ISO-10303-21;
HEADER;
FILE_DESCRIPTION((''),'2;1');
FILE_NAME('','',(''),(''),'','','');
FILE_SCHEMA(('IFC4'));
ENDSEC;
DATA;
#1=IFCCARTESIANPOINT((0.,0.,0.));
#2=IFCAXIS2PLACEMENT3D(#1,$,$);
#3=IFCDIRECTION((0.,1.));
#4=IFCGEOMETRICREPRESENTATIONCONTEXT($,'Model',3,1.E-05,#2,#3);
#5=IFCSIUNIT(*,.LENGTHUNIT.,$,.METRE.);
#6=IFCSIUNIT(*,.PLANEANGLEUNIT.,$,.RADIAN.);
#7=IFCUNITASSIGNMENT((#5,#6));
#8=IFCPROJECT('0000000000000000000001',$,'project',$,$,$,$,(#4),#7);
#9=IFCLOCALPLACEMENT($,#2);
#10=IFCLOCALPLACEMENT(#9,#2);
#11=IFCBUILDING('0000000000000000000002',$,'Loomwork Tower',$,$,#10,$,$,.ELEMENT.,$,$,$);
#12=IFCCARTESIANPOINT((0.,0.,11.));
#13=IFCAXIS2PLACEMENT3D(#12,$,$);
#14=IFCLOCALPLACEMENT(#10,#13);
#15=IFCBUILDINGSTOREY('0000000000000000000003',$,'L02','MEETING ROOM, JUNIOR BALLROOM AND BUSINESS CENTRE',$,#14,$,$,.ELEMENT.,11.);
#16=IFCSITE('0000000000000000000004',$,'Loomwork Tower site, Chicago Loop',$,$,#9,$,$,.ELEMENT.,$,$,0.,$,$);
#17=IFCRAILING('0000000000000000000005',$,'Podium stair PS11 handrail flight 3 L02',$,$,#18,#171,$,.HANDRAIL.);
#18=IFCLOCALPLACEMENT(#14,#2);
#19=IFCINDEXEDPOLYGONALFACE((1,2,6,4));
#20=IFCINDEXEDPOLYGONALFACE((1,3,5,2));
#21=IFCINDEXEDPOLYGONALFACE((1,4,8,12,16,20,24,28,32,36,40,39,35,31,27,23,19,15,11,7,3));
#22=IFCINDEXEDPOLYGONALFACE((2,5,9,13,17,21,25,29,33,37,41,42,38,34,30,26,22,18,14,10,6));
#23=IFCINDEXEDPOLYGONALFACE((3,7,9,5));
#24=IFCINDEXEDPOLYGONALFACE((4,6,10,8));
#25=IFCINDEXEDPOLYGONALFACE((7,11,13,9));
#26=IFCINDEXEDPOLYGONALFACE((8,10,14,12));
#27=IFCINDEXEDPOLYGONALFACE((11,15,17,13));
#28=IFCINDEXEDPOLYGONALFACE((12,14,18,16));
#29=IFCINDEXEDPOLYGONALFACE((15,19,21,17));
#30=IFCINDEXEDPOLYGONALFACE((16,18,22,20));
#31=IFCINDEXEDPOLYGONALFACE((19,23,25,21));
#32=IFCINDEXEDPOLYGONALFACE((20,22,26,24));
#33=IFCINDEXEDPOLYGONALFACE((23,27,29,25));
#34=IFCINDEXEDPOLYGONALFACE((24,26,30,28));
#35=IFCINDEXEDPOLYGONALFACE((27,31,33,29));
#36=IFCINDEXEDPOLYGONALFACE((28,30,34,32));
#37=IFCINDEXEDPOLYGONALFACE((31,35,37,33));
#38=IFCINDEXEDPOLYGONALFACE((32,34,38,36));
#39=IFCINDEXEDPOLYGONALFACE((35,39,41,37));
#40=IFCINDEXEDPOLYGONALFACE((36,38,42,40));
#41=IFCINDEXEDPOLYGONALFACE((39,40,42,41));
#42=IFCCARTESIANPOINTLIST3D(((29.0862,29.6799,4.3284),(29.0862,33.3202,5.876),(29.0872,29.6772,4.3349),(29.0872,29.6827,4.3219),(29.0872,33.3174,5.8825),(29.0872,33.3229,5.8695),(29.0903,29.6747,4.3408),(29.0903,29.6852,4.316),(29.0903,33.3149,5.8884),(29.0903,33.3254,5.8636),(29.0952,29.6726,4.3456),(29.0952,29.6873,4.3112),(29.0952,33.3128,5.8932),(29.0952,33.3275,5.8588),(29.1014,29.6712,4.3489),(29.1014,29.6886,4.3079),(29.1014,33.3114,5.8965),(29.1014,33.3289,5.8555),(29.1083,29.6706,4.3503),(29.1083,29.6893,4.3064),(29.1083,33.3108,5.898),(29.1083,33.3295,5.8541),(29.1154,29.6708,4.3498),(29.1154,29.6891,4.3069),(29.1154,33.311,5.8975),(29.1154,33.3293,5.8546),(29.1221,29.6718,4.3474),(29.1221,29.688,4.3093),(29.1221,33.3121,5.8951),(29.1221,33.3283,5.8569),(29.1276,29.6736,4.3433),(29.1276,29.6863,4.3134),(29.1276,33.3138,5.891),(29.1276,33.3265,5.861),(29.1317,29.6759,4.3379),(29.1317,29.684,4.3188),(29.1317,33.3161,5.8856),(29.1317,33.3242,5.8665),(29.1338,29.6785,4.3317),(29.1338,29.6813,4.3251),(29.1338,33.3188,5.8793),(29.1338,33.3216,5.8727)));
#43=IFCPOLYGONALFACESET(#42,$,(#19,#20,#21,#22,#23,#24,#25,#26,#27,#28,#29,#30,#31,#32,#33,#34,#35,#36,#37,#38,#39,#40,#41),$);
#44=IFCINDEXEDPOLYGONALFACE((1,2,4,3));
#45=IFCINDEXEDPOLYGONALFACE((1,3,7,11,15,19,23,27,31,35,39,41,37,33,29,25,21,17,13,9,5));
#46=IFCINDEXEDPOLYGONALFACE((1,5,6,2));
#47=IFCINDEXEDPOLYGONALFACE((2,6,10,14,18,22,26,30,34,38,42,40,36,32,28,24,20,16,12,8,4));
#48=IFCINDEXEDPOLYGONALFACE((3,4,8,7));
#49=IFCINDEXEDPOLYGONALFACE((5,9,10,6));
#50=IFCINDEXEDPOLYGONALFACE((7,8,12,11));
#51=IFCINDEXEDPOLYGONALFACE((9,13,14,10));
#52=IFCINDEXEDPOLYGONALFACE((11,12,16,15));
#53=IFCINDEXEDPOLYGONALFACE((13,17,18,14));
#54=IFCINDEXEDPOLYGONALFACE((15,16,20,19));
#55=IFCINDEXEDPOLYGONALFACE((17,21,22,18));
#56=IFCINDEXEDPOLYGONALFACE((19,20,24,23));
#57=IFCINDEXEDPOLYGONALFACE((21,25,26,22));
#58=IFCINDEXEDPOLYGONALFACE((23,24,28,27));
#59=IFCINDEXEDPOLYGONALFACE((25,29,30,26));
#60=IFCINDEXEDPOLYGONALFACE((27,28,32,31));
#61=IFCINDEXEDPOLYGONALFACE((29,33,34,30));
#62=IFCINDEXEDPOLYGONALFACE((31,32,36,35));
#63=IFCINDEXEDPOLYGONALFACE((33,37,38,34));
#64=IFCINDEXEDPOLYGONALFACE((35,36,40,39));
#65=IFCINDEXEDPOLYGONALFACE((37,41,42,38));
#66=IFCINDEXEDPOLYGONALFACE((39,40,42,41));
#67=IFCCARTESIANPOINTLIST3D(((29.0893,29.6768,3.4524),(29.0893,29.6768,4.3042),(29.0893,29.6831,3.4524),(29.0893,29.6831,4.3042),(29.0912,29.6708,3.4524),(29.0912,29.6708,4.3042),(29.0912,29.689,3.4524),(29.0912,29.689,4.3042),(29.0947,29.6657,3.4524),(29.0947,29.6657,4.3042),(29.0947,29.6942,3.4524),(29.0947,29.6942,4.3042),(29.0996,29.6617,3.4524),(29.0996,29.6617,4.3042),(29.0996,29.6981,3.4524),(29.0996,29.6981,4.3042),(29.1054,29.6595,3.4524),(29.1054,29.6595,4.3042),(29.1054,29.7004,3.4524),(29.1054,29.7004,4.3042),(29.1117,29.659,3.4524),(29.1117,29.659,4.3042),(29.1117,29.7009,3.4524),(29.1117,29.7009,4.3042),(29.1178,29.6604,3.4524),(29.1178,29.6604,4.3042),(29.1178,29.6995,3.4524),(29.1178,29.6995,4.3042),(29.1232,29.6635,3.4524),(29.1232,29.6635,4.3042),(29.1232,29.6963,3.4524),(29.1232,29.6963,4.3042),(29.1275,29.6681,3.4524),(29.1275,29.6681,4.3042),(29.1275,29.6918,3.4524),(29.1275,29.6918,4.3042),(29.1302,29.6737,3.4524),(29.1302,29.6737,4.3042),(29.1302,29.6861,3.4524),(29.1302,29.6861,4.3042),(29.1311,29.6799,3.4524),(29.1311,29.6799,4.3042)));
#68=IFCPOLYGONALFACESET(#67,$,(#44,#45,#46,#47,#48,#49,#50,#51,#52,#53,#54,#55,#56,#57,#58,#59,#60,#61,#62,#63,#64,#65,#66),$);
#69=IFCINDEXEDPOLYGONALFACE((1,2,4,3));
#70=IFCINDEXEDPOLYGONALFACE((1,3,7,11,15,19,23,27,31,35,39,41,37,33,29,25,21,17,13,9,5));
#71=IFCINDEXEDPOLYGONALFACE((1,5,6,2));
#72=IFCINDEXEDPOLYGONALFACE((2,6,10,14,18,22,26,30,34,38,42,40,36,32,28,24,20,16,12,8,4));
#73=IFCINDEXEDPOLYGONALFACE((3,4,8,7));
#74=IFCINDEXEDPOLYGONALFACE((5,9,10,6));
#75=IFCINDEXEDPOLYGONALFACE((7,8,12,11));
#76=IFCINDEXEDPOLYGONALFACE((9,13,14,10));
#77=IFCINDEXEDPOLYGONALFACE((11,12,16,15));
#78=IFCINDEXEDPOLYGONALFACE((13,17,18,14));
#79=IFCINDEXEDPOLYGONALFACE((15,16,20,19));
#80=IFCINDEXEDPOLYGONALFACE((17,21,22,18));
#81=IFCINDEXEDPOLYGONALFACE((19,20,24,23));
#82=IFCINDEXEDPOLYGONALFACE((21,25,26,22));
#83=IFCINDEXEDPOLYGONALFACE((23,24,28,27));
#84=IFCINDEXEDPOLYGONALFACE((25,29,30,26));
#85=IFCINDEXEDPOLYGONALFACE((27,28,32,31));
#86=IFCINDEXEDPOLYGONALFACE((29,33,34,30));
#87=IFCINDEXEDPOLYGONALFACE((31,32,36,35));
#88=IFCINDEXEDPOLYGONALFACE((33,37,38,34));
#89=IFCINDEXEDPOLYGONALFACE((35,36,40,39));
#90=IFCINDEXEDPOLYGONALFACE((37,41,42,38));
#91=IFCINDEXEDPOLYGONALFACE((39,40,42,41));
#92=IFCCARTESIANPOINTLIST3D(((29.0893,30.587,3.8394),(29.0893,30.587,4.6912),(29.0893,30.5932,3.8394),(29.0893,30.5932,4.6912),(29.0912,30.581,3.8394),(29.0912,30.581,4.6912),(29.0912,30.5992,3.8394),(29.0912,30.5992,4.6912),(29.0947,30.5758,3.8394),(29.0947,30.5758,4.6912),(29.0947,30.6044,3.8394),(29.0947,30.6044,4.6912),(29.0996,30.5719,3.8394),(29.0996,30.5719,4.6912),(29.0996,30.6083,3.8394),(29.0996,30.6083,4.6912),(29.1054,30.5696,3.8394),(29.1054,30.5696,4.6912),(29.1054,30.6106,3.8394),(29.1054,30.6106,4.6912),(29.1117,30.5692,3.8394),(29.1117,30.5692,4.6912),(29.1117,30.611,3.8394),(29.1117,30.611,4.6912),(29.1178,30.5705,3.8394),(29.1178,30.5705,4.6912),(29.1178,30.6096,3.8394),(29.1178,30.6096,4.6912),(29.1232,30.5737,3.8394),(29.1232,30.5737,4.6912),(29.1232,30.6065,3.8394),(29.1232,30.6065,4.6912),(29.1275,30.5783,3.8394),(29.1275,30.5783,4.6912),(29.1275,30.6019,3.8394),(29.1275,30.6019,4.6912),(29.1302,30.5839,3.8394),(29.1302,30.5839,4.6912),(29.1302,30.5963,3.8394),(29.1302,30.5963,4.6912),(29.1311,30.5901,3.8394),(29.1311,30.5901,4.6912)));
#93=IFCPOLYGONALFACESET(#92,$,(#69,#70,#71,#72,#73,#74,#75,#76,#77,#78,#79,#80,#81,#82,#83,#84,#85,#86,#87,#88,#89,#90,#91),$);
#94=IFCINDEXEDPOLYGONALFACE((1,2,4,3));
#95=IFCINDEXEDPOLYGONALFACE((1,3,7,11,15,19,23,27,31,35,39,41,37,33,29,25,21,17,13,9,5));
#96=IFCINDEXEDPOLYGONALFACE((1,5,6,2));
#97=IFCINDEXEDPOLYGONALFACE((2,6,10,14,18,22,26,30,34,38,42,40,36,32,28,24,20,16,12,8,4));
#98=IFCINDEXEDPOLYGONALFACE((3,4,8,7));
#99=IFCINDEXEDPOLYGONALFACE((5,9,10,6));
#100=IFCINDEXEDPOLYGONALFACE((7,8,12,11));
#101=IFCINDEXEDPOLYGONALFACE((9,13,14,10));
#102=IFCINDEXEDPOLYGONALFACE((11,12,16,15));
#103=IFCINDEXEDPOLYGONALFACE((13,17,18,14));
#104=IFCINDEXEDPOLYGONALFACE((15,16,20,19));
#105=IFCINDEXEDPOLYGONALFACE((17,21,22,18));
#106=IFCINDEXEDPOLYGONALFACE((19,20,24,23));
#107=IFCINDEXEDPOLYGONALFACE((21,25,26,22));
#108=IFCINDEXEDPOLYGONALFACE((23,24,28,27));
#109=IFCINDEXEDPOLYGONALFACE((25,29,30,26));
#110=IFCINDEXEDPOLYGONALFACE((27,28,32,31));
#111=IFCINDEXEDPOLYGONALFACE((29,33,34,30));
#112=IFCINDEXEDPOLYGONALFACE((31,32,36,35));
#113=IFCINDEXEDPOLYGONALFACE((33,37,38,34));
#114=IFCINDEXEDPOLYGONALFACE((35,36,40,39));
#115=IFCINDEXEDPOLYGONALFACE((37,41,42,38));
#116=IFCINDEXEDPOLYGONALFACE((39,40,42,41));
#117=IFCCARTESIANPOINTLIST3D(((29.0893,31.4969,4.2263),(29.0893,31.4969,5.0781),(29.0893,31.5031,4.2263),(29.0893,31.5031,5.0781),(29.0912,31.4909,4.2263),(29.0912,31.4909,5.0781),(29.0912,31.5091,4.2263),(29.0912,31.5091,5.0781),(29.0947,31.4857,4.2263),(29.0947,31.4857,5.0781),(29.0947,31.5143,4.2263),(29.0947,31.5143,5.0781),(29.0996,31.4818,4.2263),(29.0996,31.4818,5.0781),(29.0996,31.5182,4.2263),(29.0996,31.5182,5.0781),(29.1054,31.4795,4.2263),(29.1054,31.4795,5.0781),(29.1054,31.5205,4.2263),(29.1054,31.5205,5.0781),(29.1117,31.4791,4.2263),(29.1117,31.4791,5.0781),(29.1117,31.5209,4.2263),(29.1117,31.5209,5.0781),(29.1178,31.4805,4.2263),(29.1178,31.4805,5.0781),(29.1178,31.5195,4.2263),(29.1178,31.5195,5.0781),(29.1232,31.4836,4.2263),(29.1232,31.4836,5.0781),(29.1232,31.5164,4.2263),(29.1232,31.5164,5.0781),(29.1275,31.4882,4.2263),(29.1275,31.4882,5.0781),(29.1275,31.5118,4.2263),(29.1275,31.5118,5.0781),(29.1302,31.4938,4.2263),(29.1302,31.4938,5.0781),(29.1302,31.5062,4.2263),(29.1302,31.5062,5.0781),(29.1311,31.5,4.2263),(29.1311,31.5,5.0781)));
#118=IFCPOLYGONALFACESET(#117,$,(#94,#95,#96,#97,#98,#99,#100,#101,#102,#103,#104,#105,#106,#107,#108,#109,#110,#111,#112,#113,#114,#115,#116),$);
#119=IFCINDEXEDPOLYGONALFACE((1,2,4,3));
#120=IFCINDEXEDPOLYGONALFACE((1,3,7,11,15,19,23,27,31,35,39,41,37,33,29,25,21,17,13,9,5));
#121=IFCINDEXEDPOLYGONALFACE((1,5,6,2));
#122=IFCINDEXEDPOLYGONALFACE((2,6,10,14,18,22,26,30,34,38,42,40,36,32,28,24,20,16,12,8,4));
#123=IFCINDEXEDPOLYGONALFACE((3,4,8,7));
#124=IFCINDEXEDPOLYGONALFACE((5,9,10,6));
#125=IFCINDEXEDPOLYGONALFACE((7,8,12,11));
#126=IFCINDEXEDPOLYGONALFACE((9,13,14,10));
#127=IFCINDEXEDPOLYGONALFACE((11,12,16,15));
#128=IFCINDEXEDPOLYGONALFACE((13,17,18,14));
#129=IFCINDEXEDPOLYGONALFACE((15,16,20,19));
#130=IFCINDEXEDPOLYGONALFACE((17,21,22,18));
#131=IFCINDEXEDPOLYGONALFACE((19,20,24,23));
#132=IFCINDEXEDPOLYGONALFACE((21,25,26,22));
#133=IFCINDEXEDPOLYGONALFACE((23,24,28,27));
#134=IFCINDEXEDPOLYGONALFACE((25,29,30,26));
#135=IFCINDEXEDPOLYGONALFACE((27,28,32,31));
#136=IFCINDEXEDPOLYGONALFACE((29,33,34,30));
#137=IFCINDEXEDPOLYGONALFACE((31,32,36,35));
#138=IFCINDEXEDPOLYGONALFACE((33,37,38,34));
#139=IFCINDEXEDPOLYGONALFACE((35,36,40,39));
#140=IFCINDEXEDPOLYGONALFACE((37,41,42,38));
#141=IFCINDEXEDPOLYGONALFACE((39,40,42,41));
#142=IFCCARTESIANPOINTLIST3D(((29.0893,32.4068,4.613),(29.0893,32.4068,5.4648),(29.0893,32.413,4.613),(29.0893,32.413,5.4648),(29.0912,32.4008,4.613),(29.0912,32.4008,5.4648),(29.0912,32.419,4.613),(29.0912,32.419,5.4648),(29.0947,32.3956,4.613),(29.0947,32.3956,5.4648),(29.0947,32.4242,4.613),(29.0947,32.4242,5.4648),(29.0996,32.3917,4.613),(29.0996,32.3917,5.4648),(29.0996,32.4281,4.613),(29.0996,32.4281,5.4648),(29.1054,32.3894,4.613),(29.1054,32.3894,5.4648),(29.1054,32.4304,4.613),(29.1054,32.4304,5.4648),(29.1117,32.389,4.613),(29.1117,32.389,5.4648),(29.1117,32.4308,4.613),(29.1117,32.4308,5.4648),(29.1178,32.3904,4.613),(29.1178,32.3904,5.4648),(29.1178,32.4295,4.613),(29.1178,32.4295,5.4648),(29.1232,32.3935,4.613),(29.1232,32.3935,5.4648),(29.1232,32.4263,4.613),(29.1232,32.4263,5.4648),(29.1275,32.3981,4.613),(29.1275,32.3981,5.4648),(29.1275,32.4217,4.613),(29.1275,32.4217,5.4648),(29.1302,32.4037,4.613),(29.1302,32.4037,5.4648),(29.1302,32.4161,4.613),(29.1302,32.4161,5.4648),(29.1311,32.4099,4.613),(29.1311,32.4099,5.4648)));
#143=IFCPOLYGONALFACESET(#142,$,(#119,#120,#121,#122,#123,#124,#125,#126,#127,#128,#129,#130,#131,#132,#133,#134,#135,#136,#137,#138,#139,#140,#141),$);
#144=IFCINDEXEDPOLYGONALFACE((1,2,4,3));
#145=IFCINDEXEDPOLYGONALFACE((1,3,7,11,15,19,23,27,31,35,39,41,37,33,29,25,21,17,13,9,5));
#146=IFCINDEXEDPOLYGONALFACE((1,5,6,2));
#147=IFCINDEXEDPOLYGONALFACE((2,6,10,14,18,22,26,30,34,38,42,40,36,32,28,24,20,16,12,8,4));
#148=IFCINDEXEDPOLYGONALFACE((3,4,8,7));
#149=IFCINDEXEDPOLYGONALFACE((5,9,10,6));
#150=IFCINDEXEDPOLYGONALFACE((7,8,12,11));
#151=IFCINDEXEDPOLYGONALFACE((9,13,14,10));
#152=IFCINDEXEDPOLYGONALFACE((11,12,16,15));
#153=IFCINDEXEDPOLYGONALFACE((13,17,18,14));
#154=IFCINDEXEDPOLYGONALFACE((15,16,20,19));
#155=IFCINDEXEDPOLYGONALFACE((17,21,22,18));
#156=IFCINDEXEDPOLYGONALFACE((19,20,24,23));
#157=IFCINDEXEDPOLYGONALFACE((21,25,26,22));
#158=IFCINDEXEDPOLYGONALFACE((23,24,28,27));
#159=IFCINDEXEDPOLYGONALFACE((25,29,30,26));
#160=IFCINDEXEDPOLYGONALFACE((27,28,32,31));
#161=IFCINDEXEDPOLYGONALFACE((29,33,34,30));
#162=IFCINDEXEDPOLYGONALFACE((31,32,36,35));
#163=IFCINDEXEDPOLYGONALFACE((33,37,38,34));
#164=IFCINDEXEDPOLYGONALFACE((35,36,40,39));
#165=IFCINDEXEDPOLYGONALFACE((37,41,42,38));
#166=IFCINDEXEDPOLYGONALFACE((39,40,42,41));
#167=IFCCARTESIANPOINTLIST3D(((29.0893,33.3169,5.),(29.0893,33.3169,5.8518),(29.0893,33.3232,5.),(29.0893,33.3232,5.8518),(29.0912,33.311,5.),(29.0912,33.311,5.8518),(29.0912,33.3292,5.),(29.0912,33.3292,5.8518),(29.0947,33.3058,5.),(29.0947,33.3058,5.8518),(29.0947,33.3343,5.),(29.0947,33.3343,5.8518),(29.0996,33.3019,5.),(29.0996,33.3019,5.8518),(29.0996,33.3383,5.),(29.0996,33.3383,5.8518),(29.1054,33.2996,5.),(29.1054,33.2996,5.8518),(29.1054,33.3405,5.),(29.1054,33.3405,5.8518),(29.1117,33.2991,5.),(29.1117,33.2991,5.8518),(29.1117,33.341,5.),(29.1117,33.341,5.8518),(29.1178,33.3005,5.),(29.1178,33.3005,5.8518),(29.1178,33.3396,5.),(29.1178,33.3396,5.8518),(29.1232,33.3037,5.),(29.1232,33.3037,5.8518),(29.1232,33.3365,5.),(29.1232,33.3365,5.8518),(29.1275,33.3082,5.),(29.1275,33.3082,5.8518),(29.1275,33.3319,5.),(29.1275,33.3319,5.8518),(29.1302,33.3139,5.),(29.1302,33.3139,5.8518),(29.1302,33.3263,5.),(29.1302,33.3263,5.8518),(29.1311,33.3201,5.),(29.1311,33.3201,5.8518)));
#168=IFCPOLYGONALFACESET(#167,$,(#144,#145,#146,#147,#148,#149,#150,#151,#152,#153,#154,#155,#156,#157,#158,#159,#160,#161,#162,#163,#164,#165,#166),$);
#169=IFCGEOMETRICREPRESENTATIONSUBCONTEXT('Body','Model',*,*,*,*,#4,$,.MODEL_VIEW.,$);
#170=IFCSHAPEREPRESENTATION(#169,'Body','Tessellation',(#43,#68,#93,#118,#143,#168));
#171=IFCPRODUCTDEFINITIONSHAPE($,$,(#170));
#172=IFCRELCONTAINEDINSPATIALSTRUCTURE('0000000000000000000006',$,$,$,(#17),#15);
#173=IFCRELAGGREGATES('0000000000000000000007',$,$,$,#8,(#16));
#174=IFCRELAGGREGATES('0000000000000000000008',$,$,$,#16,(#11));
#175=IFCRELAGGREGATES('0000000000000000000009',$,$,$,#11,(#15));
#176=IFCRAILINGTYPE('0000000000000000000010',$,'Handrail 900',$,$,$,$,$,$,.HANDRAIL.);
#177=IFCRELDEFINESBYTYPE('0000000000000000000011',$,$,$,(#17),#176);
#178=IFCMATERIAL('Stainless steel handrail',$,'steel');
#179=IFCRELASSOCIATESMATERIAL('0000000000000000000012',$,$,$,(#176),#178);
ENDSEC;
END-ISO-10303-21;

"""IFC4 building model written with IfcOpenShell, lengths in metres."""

from ifc_helpers import new_model, si_unit, direction, frame, origin, origin_2d, place, context, subcontext, project, spatial, circle, extrude, material, type_object, element, save


model = new_model("IFC4")

# Units and contexts
model_context = context("Model", 3, precision=1e-05, world=origin(), true_north=direction((0.0, 1.0)))
body_context = subcontext(model_context, "Body", "Model", "MODEL_VIEW")
ifc_project = project(units=[si_unit("LENGTHUNIT", "METRE"), si_unit("PLANEANGLEUNIT", "RADIAN")], contexts=[model_context])

# Site, building, storey
site_placement = place(None, origin())
site = spatial("IfcSite", under=ifc_project, at=site_placement, Name="Loomwork Tower site, Chicago Loop", CompositionType="ELEMENT", RefElevation=0.0)
building_placement = place(site_placement, origin())
building = spatial("IfcBuilding", under=site, at=building_placement, Name="Loomwork Tower", CompositionType="ELEMENT")
storey_placement = place(building_placement, frame((0.0, 0.0, 11.0)))
storey = spatial("IfcBuildingStorey", under=building, at=storey_placement, Name="L02", Description="MEETING ROOM, JUNIOR BALLROOM AND BUSINESS CENTRE", CompositionType="ELEMENT", Elevation=11.0)

# Railing
ifc_material_1 = material(Name="Stainless steel handrail", Category="steel")
railing_type = type_object("IfcRailingType", Name="Handrail 900", PredefinedType="HANDRAIL", material=ifc_material_1)
railing_1_placement = place(storey_placement, frame((29.1101, 29.6799, 3.4524)))
element("IfcRailing", 1, at=railing_1_placement, inside=storey, type_object=railing_type, Name="Podium stair PS11 handrail flight 3 L02", PredefinedType="HANDRAIL", context=body_context, shape_type="SweptSolid", body=[
    extrude(circle(Radius=0.0239, at=origin_2d()), frame((0.0, 0.0, 0.876), z_axis=(0.0, 0.920281, 0.391258), x_axis=(-1.0, 0.0, 0.0)), (0.0, 0.0, 1.0), 3.9556),
    extrude(circle(Radius=0.021, at=origin_2d()), origin(), (0.0, 0.0, 1.0), 0.8518),
    extrude(circle(Radius=0.021, at=origin_2d()), frame((0.0, 0.9102, 0.387)), (0.0, 0.0, 1.0), 0.8518),
    extrude(circle(Radius=0.021, at=origin_2d()), frame((0.0, 1.8201, 0.7739)), (0.0, 0.0, 1.0), 0.8518),
    extrude(circle(Radius=0.021, at=origin_2d()), frame((0.0, 2.73, 1.1606)), (0.0, 0.0, 1.0), 0.8518),
    extrude(circle(Radius=0.021, at=origin_2d()), frame((0.0, 3.6401, 1.5476)), (0.0, 0.0, 1.0), 0.8518),
])

save(model, "model.ifc")
